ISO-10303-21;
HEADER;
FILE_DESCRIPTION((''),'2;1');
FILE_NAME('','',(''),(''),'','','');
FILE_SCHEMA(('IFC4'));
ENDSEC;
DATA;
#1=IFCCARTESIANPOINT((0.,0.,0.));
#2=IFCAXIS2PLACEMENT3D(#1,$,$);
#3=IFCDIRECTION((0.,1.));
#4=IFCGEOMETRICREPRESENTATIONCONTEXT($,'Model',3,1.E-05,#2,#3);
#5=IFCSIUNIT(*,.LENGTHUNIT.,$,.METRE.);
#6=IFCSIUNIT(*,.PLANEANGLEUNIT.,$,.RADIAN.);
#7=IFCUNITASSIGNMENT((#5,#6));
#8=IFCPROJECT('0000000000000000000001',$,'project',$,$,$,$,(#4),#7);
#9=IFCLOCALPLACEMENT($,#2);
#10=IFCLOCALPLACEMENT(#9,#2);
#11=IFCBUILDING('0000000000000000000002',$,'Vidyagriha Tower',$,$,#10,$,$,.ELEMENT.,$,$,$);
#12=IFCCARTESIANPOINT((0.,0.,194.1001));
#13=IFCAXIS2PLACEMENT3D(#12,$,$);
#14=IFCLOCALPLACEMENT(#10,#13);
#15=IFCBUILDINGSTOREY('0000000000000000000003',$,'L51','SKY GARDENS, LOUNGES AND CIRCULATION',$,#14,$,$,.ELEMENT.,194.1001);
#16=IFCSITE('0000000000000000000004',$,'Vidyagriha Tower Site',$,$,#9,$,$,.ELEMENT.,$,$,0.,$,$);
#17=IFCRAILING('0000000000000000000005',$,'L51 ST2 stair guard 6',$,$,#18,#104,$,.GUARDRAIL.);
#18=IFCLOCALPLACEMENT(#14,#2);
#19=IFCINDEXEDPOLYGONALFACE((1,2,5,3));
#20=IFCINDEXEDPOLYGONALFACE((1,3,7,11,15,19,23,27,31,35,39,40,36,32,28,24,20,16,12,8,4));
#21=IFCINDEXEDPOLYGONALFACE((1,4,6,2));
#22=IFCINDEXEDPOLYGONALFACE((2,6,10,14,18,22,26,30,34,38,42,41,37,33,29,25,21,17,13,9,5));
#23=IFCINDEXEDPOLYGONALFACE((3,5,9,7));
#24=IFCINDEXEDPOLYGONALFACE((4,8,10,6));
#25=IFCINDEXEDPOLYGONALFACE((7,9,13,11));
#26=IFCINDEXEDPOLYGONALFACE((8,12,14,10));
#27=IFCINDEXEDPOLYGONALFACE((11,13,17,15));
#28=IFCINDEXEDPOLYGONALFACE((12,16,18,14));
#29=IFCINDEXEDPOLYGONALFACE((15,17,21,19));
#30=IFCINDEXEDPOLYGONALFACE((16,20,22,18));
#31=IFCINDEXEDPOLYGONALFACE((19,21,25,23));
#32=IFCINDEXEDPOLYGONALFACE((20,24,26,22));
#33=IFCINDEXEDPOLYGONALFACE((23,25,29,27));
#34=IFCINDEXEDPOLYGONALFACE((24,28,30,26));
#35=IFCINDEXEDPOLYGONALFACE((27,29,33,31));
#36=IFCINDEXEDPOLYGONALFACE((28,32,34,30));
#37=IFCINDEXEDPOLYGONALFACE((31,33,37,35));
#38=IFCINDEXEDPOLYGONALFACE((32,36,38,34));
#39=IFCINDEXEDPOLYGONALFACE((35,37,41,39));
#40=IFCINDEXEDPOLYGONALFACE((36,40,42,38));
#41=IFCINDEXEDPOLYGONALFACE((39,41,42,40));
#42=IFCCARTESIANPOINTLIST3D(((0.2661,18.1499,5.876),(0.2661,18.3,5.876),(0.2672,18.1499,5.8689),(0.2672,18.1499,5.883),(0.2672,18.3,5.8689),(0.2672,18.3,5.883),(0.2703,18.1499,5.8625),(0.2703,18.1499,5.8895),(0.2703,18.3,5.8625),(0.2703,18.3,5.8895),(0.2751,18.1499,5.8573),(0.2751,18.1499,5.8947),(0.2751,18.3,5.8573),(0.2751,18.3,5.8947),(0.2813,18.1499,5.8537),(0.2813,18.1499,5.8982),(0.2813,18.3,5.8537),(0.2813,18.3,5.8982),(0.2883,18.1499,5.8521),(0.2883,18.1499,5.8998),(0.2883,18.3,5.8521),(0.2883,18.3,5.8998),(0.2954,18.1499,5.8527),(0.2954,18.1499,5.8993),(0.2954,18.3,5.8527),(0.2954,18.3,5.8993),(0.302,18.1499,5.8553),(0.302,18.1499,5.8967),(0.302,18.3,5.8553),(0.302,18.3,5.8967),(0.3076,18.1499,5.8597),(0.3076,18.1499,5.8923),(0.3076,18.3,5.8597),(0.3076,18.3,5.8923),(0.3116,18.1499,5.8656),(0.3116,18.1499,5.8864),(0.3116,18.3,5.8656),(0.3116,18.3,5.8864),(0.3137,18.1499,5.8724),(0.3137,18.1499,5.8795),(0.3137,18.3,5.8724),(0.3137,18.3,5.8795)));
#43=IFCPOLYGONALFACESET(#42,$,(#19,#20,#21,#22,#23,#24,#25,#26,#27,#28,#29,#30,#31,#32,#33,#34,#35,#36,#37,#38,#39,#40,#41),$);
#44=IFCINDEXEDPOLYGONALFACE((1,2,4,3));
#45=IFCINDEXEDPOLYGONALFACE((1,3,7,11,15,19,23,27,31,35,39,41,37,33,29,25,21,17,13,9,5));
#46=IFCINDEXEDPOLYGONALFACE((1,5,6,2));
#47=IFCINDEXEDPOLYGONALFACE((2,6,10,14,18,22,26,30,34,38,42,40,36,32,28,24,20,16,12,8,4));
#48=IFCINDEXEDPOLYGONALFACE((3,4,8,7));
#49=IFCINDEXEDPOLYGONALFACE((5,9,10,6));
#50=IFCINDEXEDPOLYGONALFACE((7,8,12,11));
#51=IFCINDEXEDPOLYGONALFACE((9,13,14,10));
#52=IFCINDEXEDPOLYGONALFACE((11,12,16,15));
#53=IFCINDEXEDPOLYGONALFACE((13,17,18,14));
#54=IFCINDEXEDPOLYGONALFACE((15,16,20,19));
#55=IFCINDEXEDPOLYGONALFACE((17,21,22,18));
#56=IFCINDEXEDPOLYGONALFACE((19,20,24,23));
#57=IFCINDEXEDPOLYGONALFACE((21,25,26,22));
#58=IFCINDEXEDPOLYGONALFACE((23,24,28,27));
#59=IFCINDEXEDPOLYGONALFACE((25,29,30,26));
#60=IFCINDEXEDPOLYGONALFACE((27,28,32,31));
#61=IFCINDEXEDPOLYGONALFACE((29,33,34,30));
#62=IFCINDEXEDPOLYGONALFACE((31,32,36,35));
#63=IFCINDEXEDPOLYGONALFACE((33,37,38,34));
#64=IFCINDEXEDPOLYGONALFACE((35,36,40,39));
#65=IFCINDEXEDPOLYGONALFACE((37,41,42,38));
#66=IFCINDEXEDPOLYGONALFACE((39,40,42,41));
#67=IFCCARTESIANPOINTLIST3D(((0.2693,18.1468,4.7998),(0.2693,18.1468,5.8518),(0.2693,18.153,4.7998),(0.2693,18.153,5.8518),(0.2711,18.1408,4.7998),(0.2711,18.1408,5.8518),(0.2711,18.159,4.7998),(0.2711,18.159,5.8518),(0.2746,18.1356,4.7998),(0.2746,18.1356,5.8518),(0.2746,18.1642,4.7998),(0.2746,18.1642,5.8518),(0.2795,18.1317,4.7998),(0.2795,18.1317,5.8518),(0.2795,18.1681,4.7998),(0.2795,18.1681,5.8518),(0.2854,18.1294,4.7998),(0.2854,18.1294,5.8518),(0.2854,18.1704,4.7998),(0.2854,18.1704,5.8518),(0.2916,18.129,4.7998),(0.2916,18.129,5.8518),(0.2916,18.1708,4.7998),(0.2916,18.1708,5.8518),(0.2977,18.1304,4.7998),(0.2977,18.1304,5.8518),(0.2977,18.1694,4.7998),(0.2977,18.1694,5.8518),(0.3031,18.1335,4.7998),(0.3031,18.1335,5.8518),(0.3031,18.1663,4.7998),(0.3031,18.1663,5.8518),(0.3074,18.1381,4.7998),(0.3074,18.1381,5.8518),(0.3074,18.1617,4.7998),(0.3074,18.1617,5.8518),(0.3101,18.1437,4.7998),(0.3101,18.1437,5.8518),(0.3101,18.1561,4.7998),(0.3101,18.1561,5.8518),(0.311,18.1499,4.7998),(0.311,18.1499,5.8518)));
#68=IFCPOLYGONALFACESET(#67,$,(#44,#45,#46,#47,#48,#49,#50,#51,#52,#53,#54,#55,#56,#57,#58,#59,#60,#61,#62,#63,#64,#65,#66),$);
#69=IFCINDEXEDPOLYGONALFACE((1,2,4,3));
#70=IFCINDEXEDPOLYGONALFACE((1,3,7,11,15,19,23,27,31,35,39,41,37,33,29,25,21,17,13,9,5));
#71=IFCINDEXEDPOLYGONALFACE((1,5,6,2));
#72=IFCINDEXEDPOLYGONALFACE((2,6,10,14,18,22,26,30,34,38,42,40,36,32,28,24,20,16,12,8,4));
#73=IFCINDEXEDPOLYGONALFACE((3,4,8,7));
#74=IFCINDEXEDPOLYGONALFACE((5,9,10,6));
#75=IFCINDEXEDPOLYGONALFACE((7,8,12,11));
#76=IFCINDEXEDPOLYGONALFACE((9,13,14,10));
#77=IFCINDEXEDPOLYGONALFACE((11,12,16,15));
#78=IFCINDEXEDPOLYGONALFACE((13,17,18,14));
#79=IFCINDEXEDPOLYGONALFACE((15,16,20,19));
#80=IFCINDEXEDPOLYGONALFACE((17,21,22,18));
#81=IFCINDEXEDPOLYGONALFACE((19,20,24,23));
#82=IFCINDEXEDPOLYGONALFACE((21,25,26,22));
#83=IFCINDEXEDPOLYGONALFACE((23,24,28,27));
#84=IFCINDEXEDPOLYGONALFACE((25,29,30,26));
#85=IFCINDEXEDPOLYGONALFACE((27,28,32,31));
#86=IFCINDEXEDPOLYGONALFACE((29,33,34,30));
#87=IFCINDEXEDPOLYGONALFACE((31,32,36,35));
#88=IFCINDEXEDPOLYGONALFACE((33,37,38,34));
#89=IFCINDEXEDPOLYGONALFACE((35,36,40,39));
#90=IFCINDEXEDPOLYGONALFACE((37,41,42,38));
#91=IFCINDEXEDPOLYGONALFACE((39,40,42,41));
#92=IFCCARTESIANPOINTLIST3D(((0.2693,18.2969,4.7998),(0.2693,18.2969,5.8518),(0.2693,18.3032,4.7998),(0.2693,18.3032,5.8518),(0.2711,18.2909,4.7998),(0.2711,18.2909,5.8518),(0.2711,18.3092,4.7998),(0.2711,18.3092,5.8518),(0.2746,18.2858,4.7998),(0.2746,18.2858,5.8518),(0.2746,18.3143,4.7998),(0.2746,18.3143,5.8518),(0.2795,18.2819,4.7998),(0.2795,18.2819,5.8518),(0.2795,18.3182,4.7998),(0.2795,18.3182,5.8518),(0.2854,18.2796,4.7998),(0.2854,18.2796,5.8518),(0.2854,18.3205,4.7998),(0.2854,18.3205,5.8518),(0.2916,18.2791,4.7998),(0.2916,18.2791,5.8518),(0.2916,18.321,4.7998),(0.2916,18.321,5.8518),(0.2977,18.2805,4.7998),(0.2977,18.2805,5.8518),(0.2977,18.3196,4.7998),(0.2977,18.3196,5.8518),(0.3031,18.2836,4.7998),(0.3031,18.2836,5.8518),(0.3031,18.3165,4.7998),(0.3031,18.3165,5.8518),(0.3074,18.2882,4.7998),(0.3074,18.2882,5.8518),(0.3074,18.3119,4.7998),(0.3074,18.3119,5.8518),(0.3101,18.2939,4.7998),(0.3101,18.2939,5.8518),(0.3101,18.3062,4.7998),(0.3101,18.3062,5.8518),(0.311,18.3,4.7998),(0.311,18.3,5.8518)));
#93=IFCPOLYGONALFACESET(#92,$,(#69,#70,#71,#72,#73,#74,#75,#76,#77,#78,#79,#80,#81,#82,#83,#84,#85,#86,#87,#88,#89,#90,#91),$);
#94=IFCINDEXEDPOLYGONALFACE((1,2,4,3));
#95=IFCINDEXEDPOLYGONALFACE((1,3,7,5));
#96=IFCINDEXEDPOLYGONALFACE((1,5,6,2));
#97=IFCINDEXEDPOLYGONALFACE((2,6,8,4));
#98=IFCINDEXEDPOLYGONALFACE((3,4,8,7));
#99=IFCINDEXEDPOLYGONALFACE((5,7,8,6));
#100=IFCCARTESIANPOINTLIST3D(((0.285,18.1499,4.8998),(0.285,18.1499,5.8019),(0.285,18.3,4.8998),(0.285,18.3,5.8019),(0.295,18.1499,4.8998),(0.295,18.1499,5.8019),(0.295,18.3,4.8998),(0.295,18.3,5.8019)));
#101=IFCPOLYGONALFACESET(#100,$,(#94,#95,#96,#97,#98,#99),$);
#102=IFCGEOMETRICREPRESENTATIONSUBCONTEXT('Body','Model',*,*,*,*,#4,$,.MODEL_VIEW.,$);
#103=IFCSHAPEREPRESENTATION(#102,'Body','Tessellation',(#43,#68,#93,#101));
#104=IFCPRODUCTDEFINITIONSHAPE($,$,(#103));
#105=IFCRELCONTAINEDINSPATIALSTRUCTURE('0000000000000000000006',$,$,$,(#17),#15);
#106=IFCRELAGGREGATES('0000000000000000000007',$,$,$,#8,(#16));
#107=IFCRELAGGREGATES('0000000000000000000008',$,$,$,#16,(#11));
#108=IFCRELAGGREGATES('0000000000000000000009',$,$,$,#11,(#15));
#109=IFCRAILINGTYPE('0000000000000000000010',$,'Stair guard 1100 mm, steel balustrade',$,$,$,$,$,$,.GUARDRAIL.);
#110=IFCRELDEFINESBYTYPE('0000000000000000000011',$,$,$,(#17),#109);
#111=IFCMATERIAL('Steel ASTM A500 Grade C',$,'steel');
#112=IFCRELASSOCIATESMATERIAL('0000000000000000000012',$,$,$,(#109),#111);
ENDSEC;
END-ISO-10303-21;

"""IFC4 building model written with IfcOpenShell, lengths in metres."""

from ifc_helpers import new_model, si_unit, direction, frame, origin, origin_2d, place, context, subcontext, project, spatial, rectangle, circle, extrude, material, type_object, element, save


model = new_model("IFC4")

# Units and contexts
model_context = context("Model", 3, precision=1e-05, world=origin(), true_north=direction((0.0, 1.0)))
body_context = subcontext(model_context, "Body", "Model", "MODEL_VIEW")
ifc_project = project(units=[si_unit("LENGTHUNIT", "METRE"), si_unit("PLANEANGLEUNIT", "RADIAN")], contexts=[model_context])

# Site, building, storey
site_placement = place(None, origin())
site = spatial("IfcSite", under=ifc_project, at=site_placement, Name="Vidyagriha Tower Site", CompositionType="ELEMENT", RefElevation=0.0)
building_placement = place(site_placement, origin())
building = spatial("IfcBuilding", under=site, at=building_placement, Name="Vidyagriha Tower", CompositionType="ELEMENT")
storey_placement = place(building_placement, frame((0.0, 0.0, 194.1001)))
storey = spatial("IfcBuildingStorey", under=building, at=storey_placement, Name="L51", Description="SKY GARDENS, LOUNGES AND CIRCULATION", CompositionType="ELEMENT", Elevation=194.1001)

# Railing
ifc_material_1 = material(Name="Steel ASTM A500 Grade C", Category="steel")
railing_type_1 = type_object("IfcRailingType", Name="Stair guard 1100 mm, steel balustrade", PredefinedType="GUARDRAIL", material=ifc_material_1)
railing_1_placement = place(storey_placement, frame((0.29, 18.1499, 4.7998)))
element("IfcRailing", 1, at=railing_1_placement, inside=storey, type_object=railing_type_1, Name="L51 ST2 stair guard 6", PredefinedType="GUARDRAIL", context=body_context, shape_type="SweptSolid", body=[
    extrude(circle(Radius=0.0239, at=origin_2d()), frame((0.0, 0.0, 1.0762), z_axis=(0.0, 1.0, 0.0), x_axis=(-1.0, 0.0, 0.0)), (0.0, 0.0, 1.0), 0.1501),
    extrude(circle(Radius=0.021, at=origin_2d()), origin(), (0.0, 0.0, 1.0), 1.052),
    extrude(circle(Radius=0.021, at=origin_2d()), frame((0.0, 0.1501, 0.0)), (0.0, 0.0, 1.0), 1.052),
    extrude(rectangle(XDim=0.01, YDim=0.9021, at=origin_2d()), frame((0.0, 0.0, 0.551), z_axis=(0.0, 1.0, 0.0), x_axis=(-1.0, 0.0, 0.0)), (0.0, 0.0, 1.0), 0.1501),
])

save(model, "model.ifc")
